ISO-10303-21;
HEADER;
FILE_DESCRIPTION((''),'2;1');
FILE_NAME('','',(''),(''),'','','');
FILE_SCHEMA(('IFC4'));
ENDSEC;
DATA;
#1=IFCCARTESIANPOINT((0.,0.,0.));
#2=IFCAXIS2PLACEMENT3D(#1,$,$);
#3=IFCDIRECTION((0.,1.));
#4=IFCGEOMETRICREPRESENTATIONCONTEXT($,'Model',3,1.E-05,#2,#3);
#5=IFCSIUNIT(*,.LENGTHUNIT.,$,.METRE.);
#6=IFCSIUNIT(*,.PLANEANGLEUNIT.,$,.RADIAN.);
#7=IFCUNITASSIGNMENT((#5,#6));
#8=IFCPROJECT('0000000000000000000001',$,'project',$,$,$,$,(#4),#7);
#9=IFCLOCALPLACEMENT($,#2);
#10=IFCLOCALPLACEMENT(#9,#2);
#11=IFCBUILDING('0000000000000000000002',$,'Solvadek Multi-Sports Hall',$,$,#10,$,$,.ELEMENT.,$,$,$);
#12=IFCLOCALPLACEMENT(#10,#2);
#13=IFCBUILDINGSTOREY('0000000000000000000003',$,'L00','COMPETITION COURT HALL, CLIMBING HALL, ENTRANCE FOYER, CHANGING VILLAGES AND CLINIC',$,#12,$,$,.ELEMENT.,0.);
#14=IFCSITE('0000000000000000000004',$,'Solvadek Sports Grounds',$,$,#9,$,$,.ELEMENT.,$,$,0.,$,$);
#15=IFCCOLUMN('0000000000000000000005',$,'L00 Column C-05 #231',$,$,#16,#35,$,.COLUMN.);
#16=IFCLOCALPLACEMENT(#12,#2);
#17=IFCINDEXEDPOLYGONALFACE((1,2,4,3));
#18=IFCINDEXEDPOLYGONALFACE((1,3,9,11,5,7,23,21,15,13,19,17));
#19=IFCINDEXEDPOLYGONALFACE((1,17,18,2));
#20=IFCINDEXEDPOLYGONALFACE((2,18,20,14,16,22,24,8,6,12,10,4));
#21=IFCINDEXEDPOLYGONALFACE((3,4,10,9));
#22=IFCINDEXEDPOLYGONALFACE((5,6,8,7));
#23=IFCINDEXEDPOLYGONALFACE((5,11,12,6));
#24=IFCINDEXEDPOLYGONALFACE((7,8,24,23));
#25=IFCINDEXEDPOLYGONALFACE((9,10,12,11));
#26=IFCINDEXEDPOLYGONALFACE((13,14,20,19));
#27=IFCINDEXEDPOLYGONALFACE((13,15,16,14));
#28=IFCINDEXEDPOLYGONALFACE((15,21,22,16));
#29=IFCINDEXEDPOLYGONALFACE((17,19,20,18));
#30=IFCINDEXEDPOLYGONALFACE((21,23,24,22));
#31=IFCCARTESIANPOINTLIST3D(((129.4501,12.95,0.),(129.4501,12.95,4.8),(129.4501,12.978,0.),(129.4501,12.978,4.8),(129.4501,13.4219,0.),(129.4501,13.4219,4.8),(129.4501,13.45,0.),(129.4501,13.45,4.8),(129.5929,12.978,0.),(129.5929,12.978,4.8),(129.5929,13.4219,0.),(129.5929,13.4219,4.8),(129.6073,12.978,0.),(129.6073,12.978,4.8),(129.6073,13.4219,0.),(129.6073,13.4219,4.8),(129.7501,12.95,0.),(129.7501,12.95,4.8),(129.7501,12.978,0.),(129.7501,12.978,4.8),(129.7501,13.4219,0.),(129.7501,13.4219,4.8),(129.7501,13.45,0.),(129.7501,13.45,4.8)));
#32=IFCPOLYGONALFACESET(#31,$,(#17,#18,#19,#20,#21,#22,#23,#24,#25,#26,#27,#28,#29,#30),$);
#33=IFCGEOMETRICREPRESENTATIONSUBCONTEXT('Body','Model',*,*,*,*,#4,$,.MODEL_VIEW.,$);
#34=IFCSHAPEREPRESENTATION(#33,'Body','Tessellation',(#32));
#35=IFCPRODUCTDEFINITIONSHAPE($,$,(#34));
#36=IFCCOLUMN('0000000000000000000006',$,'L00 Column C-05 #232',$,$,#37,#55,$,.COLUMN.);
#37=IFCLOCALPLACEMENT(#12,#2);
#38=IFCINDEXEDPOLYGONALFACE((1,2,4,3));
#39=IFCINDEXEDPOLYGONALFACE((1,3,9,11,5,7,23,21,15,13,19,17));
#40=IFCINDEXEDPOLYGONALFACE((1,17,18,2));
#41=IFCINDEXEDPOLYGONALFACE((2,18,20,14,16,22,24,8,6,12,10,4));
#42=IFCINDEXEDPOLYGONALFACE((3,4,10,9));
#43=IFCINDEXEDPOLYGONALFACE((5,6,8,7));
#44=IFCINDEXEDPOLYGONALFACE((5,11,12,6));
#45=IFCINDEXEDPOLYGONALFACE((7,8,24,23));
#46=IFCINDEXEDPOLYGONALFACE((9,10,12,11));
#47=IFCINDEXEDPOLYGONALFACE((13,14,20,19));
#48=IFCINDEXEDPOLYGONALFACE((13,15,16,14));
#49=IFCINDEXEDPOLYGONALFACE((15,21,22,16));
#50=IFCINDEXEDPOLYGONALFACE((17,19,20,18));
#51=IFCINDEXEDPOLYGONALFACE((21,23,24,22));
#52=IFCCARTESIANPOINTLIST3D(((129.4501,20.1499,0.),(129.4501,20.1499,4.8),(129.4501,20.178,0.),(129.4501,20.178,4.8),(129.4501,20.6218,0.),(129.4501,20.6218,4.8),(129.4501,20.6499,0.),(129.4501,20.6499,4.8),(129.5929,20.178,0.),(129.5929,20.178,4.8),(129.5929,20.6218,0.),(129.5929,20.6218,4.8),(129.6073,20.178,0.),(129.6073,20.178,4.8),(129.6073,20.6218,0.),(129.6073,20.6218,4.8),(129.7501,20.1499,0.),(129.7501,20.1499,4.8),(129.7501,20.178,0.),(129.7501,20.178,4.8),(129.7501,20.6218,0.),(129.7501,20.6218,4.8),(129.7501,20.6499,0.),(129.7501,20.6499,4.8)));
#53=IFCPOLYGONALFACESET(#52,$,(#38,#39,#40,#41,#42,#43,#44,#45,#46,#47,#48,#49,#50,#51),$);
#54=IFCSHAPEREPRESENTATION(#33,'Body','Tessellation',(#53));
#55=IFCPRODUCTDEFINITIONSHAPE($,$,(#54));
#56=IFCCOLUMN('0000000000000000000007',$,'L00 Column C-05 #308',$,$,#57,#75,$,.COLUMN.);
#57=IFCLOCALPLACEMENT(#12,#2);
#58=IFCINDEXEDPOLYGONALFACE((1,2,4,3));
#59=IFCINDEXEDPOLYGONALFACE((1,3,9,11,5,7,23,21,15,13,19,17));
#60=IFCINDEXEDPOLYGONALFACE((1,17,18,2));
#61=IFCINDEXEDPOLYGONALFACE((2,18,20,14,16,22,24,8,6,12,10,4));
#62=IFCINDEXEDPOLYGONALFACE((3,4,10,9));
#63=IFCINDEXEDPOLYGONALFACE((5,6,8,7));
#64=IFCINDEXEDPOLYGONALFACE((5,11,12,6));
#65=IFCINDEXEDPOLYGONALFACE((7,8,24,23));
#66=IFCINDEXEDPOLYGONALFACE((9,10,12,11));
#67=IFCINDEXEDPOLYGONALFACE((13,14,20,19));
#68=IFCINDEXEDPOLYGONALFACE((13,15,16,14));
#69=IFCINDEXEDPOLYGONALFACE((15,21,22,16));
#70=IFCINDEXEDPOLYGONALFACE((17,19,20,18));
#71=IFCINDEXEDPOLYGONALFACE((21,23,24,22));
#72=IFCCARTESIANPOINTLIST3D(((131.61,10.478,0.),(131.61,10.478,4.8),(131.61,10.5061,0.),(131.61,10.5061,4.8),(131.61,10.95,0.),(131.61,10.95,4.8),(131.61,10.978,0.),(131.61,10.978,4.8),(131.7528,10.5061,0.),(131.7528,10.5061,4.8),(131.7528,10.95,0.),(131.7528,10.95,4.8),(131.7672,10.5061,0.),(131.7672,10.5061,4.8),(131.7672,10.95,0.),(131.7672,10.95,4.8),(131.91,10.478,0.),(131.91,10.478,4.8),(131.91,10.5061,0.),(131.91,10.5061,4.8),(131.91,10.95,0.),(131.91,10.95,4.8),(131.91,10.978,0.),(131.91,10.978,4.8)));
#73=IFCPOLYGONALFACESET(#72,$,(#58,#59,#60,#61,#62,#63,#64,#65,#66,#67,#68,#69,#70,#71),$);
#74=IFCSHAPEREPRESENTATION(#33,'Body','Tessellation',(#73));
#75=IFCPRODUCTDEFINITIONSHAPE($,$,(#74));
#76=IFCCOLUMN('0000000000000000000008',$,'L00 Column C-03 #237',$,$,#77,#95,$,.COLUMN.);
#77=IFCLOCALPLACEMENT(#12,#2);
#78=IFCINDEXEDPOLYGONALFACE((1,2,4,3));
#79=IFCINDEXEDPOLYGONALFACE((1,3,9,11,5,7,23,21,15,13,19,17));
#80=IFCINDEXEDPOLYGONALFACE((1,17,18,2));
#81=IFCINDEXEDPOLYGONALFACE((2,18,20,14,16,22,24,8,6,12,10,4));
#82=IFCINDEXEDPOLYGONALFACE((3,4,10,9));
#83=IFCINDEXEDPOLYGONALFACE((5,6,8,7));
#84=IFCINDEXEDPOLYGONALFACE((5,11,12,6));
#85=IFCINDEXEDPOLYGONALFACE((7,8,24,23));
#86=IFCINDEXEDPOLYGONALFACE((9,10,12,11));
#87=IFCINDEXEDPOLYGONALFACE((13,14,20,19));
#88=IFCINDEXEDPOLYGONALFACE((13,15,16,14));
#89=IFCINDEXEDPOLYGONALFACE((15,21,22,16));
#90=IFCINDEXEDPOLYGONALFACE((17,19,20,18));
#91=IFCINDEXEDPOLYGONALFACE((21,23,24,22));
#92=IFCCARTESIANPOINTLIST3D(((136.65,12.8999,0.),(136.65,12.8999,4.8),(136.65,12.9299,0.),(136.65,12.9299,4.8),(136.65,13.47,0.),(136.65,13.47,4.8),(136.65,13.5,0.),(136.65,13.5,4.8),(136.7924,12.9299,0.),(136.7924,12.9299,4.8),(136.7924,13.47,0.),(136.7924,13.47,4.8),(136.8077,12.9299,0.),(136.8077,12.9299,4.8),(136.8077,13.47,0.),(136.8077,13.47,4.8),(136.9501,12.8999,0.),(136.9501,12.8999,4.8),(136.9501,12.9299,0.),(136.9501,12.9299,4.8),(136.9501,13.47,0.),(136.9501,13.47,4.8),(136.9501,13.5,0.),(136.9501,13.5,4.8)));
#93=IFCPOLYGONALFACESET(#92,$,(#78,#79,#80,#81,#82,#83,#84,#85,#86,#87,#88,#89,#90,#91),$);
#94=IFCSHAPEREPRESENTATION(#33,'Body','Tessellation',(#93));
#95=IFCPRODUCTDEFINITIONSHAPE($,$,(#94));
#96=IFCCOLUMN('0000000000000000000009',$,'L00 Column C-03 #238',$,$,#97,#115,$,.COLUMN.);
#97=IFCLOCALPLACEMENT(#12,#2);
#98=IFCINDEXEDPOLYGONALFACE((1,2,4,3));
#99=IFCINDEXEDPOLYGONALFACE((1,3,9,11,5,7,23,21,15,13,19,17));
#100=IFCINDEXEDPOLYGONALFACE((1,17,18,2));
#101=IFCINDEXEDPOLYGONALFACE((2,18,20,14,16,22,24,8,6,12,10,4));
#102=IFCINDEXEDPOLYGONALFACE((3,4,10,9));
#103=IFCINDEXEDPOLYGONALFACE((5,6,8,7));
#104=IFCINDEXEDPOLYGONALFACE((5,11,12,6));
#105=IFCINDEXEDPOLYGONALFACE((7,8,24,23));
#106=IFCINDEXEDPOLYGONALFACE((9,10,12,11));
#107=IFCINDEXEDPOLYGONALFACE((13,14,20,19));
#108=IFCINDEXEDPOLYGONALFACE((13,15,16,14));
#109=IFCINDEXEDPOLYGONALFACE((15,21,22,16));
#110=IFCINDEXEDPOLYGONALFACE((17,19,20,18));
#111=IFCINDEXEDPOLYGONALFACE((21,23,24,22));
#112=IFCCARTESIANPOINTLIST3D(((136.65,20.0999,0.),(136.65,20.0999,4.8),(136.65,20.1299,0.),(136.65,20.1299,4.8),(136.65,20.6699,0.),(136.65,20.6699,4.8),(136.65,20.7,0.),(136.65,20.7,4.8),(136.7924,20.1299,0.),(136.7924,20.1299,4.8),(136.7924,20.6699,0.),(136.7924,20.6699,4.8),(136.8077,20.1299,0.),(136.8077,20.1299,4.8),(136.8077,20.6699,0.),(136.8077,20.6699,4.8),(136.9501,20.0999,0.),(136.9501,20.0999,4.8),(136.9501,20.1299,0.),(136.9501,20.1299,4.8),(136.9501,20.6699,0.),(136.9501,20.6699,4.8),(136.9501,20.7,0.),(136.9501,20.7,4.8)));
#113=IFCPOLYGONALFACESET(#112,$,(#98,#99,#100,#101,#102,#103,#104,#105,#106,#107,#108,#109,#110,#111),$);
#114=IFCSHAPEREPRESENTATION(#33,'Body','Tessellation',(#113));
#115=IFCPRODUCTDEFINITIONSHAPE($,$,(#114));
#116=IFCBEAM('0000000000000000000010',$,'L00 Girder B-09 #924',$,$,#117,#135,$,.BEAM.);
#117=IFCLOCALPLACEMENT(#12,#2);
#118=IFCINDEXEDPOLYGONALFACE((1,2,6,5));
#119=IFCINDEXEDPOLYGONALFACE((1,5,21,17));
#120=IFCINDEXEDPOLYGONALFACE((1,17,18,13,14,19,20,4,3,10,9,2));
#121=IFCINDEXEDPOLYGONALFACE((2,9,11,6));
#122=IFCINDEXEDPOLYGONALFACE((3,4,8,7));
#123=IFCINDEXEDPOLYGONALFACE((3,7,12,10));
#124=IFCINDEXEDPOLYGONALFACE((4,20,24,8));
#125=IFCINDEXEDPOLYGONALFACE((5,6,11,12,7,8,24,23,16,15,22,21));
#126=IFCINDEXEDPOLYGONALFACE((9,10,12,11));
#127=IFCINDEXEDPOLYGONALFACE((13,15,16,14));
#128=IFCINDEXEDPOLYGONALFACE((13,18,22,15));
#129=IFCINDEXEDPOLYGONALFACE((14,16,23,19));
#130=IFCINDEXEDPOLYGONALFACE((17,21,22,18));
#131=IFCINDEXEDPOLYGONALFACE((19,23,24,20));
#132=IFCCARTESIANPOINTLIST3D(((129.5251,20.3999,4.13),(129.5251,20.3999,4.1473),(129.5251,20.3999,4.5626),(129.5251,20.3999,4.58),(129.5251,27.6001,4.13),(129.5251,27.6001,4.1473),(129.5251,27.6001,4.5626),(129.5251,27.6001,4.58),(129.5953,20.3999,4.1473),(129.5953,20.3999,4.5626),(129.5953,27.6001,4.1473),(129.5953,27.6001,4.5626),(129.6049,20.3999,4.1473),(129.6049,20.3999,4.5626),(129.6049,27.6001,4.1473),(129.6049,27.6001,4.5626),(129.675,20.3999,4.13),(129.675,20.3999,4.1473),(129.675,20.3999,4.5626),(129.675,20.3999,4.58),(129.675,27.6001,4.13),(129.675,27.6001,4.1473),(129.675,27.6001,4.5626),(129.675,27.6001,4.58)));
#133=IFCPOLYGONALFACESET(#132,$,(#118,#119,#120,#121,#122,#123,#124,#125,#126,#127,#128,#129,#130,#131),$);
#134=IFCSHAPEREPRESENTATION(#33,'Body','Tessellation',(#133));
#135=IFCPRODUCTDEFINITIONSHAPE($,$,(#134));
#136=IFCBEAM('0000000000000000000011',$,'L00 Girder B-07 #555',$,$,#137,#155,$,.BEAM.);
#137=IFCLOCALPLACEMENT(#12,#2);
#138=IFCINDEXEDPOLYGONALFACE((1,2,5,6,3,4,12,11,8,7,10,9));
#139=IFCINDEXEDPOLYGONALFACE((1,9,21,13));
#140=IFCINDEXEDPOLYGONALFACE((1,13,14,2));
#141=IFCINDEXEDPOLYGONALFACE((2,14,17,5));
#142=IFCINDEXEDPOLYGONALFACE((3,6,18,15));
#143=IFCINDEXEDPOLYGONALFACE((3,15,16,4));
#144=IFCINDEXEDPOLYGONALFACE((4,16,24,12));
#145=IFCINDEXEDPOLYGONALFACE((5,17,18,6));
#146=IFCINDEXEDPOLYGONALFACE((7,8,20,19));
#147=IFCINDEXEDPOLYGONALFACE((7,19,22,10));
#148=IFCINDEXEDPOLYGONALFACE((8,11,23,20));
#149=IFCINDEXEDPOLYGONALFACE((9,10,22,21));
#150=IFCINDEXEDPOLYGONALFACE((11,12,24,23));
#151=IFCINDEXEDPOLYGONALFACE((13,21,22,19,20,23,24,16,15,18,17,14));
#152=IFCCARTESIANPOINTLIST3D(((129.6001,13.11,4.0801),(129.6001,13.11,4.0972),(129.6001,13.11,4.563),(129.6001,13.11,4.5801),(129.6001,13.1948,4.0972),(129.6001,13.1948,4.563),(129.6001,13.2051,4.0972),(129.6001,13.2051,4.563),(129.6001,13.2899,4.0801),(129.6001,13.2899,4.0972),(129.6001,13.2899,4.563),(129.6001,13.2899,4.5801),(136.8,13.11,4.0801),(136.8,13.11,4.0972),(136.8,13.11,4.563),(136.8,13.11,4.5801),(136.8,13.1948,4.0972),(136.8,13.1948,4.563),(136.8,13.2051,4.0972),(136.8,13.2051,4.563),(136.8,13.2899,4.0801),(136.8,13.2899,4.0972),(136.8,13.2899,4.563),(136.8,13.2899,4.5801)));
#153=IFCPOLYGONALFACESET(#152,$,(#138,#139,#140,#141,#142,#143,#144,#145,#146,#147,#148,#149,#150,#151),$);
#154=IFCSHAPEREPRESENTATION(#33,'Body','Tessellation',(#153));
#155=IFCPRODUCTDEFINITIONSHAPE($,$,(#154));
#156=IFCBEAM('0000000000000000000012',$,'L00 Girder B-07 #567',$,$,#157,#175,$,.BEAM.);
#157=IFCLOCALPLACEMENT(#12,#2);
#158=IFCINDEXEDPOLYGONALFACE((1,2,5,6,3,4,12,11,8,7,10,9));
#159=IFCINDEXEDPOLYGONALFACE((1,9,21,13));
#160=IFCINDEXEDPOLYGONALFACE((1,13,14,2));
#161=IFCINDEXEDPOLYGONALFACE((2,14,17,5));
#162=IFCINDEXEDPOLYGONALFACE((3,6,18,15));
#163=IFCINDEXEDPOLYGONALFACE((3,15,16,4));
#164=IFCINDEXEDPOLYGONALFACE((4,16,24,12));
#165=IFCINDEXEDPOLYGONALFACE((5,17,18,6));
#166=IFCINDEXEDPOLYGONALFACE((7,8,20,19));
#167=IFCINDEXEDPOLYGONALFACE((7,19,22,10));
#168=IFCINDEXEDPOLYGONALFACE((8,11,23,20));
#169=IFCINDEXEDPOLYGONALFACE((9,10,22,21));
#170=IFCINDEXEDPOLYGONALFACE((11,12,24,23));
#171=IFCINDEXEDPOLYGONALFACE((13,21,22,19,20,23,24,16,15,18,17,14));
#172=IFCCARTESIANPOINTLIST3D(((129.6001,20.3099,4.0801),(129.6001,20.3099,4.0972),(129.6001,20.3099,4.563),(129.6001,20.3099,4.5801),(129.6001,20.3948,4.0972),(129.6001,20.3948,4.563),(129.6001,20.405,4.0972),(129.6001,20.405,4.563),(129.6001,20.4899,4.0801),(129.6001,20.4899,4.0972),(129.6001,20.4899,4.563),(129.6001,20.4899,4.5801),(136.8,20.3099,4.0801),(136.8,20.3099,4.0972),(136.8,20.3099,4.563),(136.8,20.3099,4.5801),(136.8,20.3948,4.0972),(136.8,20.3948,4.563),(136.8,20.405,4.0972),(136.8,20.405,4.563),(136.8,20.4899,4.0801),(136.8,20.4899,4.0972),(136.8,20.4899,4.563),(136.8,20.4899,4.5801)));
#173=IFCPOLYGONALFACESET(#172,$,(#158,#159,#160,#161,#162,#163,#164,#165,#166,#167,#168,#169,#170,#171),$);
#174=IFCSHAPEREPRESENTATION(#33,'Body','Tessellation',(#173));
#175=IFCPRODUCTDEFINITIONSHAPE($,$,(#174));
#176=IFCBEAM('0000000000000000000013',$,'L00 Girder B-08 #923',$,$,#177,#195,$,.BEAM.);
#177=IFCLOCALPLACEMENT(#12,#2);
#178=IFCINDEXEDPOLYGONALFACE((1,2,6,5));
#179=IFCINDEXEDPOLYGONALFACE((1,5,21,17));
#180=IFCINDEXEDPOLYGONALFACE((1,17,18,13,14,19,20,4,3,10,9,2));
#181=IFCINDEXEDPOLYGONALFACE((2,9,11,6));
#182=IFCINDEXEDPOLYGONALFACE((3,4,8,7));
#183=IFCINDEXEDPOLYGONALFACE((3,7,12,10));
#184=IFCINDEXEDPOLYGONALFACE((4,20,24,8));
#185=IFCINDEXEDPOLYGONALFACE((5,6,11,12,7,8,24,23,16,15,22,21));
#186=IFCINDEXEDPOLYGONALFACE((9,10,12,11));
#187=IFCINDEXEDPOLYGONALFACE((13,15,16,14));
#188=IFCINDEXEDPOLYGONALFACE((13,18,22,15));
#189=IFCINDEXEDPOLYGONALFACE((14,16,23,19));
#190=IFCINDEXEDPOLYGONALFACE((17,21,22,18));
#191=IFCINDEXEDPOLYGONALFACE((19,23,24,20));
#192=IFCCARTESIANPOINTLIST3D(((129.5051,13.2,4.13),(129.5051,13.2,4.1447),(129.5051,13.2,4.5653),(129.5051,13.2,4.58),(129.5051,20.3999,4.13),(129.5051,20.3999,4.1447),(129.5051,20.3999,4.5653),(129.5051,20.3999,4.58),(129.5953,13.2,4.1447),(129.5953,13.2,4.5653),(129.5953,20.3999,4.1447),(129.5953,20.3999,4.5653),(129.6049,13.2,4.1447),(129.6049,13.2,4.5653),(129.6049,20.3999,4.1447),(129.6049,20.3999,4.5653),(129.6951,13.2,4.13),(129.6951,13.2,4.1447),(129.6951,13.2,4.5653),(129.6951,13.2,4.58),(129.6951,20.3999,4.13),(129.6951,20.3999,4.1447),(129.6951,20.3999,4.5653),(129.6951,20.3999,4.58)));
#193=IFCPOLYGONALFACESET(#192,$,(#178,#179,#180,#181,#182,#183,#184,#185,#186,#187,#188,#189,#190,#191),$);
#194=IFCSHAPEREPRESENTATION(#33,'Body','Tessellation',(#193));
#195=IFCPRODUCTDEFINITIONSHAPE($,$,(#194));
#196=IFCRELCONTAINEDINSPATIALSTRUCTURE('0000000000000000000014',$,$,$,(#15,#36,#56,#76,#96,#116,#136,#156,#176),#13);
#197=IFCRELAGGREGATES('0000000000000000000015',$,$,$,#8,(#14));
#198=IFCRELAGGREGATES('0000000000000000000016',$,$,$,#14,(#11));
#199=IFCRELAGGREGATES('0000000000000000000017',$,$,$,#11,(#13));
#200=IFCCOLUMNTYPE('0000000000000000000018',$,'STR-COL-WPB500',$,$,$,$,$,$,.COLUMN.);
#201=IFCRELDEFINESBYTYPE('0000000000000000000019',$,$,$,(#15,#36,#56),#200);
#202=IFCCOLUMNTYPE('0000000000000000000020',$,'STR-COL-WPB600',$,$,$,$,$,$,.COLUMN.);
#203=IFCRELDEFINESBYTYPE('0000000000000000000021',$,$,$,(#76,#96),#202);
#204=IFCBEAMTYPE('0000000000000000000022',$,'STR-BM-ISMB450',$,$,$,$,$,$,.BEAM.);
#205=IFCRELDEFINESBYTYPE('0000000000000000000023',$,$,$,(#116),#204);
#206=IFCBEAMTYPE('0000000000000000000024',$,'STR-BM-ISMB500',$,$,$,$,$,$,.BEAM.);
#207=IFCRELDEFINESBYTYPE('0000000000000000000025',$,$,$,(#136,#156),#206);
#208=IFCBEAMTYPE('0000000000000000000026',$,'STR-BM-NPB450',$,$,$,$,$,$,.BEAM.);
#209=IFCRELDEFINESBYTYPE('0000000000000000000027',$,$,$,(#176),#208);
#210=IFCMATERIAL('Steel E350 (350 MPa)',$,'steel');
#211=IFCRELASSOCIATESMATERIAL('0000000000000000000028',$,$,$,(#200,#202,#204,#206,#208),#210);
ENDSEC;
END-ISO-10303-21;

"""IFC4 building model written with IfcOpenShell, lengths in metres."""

from ifc_helpers import new_model, si_unit, direction, frame, origin, origin_2d, place, context, subcontext, project, spatial, i_section, extrude, material, material_profile, profile_set, type_object, element, save


model = new_model("IFC4")

# Units and contexts
model_context = context("Model", 3, precision=1e-05, world=origin(), true_north=direction((0.0, 1.0)))
body_context = subcontext(model_context, "Body", "Model", "MODEL_VIEW")
ifc_project = project(units=[si_unit("LENGTHUNIT", "METRE"), si_unit("PLANEANGLEUNIT", "RADIAN")], contexts=[model_context])

# Site, building, storey
site_placement = place(None, origin())
site = spatial("IfcSite", under=ifc_project, at=site_placement, Name="Solvadek Sports Grounds", CompositionType="ELEMENT", RefElevation=0.0)
building_placement = place(site_placement, origin())
building = spatial("IfcBuilding", under=site, at=building_placement, Name="Solvadek Multi-Sports Hall", CompositionType="ELEMENT")
storey_placement = place(building_placement, origin())
storey = spatial("IfcBuildingStorey", under=building, at=storey_placement, Name="L00", Description="COMPETITION COURT HALL, CLIMBING HALL, ENTRANCE FOYER, CHANGING VILLAGES AND CLINIC", CompositionType="ELEMENT", Elevation=0.0)

# Columns
ifc_material_1 = material(Name="Steel E350 (350 MPa)", Category="steel")
ifc_material_profile_1 = material_profile(ifc_material_1, i_section(OverallWidth=0.3, OverallDepth=0.5, WebThickness=0.0144, FlangeThickness=0.0281, at=origin_2d()), Name="WPB 500")
ifc_profile_set_1 = profile_set([ifc_material_profile_1], Name="Steel E350 (350 MPa)")
column_type_1 = type_object("IfcColumnType", Name="STR-COL-WPB500", PredefinedType="COLUMN", material=ifc_profile_set_1)
for number, where, z_axis, x_axis, name in (
    (1, (129.6001, 13.2, 0.0), (0.0, 0.0, 1.0), (1.0, 0.0, 0.0), "L00 Column C-05 #231"),
    (2, (129.6001, 20.3999, 0.0), (0.0, 0.0, 1.0), (1.0, 0.0, 0.0), "L00 Column C-05 #232"),
    (3, (131.76, 10.728, 0.0), (0.0, 0.0, 1.0), (1.0, 0.0, 0.0), "L00 Column C-05 #308"),
):
    element("IfcColumn", number, at=place(storey_placement, frame(where, z_axis=z_axis, x_axis=x_axis)), inside=storey, type_object=column_type_1, Name=name, PredefinedType="COLUMN", context=body_context, shape_type="SweptSolid", body=[
        extrude(i_section(OverallWidth=0.3, OverallDepth=0.5, WebThickness=0.0144, FlangeThickness=0.0281, at=origin_2d()), origin(), (0.0, 0.0, 1.0), 4.8),
    ])
ifc_material_profile_2 = material_profile(ifc_material_1, i_section(OverallWidth=0.3, OverallDepth=0.6001, WebThickness=0.0154, FlangeThickness=0.03, at=origin_2d()), Name="WPB 600")
ifc_profile_set_2 = profile_set([ifc_material_profile_2], Name="Steel E350 (350 MPa)")
column_type_2 = type_object("IfcColumnType", Name="STR-COL-WPB600", PredefinedType="COLUMN", material=ifc_profile_set_2)
for number, where, z_axis, x_axis, name in (
    (4, (136.8, 13.2, 0.0), (0.0, 0.0, 1.0), (1.0, 0.0, 0.0), "L00 Column C-03 #237"),
    (5, (136.8, 20.3999, 0.0), (0.0, 0.0, 1.0), (1.0, 0.0, 0.0), "L00 Column C-03 #238"),
):
    element("IfcColumn", number, at=place(storey_placement, frame(where, z_axis=z_axis, x_axis=x_axis)), inside=storey, type_object=column_type_2, Name=name, PredefinedType="COLUMN", context=body_context, shape_type="SweptSolid", body=[
        extrude(i_section(OverallWidth=0.3, OverallDepth=0.6001, WebThickness=0.0154, FlangeThickness=0.03, at=origin_2d()), origin(), (0.0, 0.0, 1.0), 4.8),
    ])

# Beams
ifc_material_profile_3 = material_profile(ifc_material_1, i_section(OverallWidth=0.1499, OverallDepth=0.45, WebThickness=0.0095, FlangeThickness=0.0173, at=origin_2d()), Name="ISMB 450")
ifc_profile_set_3 = profile_set([ifc_material_profile_3], Name="Steel E350 (350 MPa)")
beam_type_1 = type_object("IfcBeamType", Name="STR-BM-ISMB450", PredefinedType="BEAM", material=ifc_profile_set_3)
beam_1_placement = place(storey_placement, frame((129.6001, 20.3999, 4.355), z_axis=(0.0, 1.0, 0.0), x_axis=(-1.0, 0.0, 0.0)))
element("IfcBeam", 6, at=beam_1_placement, inside=storey, type_object=beam_type_1, Name="L00 Girder B-09 #924", PredefinedType="BEAM", context=body_context, shape_type="SweptSolid", body=[
    extrude(i_section(OverallWidth=0.1499, OverallDepth=0.45, WebThickness=0.0095, FlangeThickness=0.0173, at=origin_2d()), origin(), (0.0, 0.0, 1.0), 7.2002),
])
ifc_material_profile_4 = material_profile(ifc_material_1, i_section(OverallWidth=0.1799, OverallDepth=0.5, WebThickness=0.0103, FlangeThickness=0.0171, at=origin_2d()), Name="ISMB 500")
ifc_profile_set_4 = profile_set([ifc_material_profile_4], Name="Steel E350 (350 MPa)")
beam_type_2 = type_object("IfcBeamType", Name="STR-BM-ISMB500", PredefinedType="BEAM", material=ifc_profile_set_4)
for number, where, z_axis, x_axis, name in (
    (7, (129.6001, 13.2, 4.3301), (1.0, 0.0, 0.0), (0.0, 1.0, 0.0), "L00 Girder B-07 #555"),
    (8, (129.6001, 20.3999, 4.3301), (1.0, 0.0, 0.0), (0.0, 1.0, 0.0), "L00 Girder B-07 #567"),
):
    element("IfcBeam", number, at=place(storey_placement, frame(where, z_axis=z_axis, x_axis=x_axis)), inside=storey, type_object=beam_type_2, Name=name, PredefinedType="BEAM", context=body_context, shape_type="SweptSolid", body=[
        extrude(i_section(OverallWidth=0.1799, OverallDepth=0.5, WebThickness=0.0103, FlangeThickness=0.0171, at=origin_2d()), origin(), (0.0, 0.0, 1.0), 7.2),
    ])
ifc_material_profile_5 = material_profile(ifc_material_1, i_section(OverallWidth=0.1899, OverallDepth=0.45, WebThickness=0.0095, FlangeThickness=0.0146, at=origin_2d()), Name="NPB 450")
ifc_profile_set_5 = profile_set([ifc_material_profile_5], Name="Steel E350 (350 MPa)")
beam_type_3 = type_object("IfcBeamType", Name="STR-BM-NPB450", PredefinedType="BEAM", material=ifc_profile_set_5)
beam_2_placement = place(storey_placement, frame((129.6001, 13.2, 4.355), z_axis=(0.0, 1.0, 0.0), x_axis=(-1.0, 0.0, 0.0)))
element("IfcBeam", 9, at=beam_2_placement, inside=storey, type_object=beam_type_3, Name="L00 Girder B-08 #923", PredefinedType="BEAM", context=body_context, shape_type="SweptSolid", body=[
    extrude(i_section(OverallWidth=0.1899, OverallDepth=0.45, WebThickness=0.0095, FlangeThickness=0.0146, at=origin_2d()), origin(), (0.0, 0.0, 1.0), 7.2),
])

save(model, "model.ifc")
